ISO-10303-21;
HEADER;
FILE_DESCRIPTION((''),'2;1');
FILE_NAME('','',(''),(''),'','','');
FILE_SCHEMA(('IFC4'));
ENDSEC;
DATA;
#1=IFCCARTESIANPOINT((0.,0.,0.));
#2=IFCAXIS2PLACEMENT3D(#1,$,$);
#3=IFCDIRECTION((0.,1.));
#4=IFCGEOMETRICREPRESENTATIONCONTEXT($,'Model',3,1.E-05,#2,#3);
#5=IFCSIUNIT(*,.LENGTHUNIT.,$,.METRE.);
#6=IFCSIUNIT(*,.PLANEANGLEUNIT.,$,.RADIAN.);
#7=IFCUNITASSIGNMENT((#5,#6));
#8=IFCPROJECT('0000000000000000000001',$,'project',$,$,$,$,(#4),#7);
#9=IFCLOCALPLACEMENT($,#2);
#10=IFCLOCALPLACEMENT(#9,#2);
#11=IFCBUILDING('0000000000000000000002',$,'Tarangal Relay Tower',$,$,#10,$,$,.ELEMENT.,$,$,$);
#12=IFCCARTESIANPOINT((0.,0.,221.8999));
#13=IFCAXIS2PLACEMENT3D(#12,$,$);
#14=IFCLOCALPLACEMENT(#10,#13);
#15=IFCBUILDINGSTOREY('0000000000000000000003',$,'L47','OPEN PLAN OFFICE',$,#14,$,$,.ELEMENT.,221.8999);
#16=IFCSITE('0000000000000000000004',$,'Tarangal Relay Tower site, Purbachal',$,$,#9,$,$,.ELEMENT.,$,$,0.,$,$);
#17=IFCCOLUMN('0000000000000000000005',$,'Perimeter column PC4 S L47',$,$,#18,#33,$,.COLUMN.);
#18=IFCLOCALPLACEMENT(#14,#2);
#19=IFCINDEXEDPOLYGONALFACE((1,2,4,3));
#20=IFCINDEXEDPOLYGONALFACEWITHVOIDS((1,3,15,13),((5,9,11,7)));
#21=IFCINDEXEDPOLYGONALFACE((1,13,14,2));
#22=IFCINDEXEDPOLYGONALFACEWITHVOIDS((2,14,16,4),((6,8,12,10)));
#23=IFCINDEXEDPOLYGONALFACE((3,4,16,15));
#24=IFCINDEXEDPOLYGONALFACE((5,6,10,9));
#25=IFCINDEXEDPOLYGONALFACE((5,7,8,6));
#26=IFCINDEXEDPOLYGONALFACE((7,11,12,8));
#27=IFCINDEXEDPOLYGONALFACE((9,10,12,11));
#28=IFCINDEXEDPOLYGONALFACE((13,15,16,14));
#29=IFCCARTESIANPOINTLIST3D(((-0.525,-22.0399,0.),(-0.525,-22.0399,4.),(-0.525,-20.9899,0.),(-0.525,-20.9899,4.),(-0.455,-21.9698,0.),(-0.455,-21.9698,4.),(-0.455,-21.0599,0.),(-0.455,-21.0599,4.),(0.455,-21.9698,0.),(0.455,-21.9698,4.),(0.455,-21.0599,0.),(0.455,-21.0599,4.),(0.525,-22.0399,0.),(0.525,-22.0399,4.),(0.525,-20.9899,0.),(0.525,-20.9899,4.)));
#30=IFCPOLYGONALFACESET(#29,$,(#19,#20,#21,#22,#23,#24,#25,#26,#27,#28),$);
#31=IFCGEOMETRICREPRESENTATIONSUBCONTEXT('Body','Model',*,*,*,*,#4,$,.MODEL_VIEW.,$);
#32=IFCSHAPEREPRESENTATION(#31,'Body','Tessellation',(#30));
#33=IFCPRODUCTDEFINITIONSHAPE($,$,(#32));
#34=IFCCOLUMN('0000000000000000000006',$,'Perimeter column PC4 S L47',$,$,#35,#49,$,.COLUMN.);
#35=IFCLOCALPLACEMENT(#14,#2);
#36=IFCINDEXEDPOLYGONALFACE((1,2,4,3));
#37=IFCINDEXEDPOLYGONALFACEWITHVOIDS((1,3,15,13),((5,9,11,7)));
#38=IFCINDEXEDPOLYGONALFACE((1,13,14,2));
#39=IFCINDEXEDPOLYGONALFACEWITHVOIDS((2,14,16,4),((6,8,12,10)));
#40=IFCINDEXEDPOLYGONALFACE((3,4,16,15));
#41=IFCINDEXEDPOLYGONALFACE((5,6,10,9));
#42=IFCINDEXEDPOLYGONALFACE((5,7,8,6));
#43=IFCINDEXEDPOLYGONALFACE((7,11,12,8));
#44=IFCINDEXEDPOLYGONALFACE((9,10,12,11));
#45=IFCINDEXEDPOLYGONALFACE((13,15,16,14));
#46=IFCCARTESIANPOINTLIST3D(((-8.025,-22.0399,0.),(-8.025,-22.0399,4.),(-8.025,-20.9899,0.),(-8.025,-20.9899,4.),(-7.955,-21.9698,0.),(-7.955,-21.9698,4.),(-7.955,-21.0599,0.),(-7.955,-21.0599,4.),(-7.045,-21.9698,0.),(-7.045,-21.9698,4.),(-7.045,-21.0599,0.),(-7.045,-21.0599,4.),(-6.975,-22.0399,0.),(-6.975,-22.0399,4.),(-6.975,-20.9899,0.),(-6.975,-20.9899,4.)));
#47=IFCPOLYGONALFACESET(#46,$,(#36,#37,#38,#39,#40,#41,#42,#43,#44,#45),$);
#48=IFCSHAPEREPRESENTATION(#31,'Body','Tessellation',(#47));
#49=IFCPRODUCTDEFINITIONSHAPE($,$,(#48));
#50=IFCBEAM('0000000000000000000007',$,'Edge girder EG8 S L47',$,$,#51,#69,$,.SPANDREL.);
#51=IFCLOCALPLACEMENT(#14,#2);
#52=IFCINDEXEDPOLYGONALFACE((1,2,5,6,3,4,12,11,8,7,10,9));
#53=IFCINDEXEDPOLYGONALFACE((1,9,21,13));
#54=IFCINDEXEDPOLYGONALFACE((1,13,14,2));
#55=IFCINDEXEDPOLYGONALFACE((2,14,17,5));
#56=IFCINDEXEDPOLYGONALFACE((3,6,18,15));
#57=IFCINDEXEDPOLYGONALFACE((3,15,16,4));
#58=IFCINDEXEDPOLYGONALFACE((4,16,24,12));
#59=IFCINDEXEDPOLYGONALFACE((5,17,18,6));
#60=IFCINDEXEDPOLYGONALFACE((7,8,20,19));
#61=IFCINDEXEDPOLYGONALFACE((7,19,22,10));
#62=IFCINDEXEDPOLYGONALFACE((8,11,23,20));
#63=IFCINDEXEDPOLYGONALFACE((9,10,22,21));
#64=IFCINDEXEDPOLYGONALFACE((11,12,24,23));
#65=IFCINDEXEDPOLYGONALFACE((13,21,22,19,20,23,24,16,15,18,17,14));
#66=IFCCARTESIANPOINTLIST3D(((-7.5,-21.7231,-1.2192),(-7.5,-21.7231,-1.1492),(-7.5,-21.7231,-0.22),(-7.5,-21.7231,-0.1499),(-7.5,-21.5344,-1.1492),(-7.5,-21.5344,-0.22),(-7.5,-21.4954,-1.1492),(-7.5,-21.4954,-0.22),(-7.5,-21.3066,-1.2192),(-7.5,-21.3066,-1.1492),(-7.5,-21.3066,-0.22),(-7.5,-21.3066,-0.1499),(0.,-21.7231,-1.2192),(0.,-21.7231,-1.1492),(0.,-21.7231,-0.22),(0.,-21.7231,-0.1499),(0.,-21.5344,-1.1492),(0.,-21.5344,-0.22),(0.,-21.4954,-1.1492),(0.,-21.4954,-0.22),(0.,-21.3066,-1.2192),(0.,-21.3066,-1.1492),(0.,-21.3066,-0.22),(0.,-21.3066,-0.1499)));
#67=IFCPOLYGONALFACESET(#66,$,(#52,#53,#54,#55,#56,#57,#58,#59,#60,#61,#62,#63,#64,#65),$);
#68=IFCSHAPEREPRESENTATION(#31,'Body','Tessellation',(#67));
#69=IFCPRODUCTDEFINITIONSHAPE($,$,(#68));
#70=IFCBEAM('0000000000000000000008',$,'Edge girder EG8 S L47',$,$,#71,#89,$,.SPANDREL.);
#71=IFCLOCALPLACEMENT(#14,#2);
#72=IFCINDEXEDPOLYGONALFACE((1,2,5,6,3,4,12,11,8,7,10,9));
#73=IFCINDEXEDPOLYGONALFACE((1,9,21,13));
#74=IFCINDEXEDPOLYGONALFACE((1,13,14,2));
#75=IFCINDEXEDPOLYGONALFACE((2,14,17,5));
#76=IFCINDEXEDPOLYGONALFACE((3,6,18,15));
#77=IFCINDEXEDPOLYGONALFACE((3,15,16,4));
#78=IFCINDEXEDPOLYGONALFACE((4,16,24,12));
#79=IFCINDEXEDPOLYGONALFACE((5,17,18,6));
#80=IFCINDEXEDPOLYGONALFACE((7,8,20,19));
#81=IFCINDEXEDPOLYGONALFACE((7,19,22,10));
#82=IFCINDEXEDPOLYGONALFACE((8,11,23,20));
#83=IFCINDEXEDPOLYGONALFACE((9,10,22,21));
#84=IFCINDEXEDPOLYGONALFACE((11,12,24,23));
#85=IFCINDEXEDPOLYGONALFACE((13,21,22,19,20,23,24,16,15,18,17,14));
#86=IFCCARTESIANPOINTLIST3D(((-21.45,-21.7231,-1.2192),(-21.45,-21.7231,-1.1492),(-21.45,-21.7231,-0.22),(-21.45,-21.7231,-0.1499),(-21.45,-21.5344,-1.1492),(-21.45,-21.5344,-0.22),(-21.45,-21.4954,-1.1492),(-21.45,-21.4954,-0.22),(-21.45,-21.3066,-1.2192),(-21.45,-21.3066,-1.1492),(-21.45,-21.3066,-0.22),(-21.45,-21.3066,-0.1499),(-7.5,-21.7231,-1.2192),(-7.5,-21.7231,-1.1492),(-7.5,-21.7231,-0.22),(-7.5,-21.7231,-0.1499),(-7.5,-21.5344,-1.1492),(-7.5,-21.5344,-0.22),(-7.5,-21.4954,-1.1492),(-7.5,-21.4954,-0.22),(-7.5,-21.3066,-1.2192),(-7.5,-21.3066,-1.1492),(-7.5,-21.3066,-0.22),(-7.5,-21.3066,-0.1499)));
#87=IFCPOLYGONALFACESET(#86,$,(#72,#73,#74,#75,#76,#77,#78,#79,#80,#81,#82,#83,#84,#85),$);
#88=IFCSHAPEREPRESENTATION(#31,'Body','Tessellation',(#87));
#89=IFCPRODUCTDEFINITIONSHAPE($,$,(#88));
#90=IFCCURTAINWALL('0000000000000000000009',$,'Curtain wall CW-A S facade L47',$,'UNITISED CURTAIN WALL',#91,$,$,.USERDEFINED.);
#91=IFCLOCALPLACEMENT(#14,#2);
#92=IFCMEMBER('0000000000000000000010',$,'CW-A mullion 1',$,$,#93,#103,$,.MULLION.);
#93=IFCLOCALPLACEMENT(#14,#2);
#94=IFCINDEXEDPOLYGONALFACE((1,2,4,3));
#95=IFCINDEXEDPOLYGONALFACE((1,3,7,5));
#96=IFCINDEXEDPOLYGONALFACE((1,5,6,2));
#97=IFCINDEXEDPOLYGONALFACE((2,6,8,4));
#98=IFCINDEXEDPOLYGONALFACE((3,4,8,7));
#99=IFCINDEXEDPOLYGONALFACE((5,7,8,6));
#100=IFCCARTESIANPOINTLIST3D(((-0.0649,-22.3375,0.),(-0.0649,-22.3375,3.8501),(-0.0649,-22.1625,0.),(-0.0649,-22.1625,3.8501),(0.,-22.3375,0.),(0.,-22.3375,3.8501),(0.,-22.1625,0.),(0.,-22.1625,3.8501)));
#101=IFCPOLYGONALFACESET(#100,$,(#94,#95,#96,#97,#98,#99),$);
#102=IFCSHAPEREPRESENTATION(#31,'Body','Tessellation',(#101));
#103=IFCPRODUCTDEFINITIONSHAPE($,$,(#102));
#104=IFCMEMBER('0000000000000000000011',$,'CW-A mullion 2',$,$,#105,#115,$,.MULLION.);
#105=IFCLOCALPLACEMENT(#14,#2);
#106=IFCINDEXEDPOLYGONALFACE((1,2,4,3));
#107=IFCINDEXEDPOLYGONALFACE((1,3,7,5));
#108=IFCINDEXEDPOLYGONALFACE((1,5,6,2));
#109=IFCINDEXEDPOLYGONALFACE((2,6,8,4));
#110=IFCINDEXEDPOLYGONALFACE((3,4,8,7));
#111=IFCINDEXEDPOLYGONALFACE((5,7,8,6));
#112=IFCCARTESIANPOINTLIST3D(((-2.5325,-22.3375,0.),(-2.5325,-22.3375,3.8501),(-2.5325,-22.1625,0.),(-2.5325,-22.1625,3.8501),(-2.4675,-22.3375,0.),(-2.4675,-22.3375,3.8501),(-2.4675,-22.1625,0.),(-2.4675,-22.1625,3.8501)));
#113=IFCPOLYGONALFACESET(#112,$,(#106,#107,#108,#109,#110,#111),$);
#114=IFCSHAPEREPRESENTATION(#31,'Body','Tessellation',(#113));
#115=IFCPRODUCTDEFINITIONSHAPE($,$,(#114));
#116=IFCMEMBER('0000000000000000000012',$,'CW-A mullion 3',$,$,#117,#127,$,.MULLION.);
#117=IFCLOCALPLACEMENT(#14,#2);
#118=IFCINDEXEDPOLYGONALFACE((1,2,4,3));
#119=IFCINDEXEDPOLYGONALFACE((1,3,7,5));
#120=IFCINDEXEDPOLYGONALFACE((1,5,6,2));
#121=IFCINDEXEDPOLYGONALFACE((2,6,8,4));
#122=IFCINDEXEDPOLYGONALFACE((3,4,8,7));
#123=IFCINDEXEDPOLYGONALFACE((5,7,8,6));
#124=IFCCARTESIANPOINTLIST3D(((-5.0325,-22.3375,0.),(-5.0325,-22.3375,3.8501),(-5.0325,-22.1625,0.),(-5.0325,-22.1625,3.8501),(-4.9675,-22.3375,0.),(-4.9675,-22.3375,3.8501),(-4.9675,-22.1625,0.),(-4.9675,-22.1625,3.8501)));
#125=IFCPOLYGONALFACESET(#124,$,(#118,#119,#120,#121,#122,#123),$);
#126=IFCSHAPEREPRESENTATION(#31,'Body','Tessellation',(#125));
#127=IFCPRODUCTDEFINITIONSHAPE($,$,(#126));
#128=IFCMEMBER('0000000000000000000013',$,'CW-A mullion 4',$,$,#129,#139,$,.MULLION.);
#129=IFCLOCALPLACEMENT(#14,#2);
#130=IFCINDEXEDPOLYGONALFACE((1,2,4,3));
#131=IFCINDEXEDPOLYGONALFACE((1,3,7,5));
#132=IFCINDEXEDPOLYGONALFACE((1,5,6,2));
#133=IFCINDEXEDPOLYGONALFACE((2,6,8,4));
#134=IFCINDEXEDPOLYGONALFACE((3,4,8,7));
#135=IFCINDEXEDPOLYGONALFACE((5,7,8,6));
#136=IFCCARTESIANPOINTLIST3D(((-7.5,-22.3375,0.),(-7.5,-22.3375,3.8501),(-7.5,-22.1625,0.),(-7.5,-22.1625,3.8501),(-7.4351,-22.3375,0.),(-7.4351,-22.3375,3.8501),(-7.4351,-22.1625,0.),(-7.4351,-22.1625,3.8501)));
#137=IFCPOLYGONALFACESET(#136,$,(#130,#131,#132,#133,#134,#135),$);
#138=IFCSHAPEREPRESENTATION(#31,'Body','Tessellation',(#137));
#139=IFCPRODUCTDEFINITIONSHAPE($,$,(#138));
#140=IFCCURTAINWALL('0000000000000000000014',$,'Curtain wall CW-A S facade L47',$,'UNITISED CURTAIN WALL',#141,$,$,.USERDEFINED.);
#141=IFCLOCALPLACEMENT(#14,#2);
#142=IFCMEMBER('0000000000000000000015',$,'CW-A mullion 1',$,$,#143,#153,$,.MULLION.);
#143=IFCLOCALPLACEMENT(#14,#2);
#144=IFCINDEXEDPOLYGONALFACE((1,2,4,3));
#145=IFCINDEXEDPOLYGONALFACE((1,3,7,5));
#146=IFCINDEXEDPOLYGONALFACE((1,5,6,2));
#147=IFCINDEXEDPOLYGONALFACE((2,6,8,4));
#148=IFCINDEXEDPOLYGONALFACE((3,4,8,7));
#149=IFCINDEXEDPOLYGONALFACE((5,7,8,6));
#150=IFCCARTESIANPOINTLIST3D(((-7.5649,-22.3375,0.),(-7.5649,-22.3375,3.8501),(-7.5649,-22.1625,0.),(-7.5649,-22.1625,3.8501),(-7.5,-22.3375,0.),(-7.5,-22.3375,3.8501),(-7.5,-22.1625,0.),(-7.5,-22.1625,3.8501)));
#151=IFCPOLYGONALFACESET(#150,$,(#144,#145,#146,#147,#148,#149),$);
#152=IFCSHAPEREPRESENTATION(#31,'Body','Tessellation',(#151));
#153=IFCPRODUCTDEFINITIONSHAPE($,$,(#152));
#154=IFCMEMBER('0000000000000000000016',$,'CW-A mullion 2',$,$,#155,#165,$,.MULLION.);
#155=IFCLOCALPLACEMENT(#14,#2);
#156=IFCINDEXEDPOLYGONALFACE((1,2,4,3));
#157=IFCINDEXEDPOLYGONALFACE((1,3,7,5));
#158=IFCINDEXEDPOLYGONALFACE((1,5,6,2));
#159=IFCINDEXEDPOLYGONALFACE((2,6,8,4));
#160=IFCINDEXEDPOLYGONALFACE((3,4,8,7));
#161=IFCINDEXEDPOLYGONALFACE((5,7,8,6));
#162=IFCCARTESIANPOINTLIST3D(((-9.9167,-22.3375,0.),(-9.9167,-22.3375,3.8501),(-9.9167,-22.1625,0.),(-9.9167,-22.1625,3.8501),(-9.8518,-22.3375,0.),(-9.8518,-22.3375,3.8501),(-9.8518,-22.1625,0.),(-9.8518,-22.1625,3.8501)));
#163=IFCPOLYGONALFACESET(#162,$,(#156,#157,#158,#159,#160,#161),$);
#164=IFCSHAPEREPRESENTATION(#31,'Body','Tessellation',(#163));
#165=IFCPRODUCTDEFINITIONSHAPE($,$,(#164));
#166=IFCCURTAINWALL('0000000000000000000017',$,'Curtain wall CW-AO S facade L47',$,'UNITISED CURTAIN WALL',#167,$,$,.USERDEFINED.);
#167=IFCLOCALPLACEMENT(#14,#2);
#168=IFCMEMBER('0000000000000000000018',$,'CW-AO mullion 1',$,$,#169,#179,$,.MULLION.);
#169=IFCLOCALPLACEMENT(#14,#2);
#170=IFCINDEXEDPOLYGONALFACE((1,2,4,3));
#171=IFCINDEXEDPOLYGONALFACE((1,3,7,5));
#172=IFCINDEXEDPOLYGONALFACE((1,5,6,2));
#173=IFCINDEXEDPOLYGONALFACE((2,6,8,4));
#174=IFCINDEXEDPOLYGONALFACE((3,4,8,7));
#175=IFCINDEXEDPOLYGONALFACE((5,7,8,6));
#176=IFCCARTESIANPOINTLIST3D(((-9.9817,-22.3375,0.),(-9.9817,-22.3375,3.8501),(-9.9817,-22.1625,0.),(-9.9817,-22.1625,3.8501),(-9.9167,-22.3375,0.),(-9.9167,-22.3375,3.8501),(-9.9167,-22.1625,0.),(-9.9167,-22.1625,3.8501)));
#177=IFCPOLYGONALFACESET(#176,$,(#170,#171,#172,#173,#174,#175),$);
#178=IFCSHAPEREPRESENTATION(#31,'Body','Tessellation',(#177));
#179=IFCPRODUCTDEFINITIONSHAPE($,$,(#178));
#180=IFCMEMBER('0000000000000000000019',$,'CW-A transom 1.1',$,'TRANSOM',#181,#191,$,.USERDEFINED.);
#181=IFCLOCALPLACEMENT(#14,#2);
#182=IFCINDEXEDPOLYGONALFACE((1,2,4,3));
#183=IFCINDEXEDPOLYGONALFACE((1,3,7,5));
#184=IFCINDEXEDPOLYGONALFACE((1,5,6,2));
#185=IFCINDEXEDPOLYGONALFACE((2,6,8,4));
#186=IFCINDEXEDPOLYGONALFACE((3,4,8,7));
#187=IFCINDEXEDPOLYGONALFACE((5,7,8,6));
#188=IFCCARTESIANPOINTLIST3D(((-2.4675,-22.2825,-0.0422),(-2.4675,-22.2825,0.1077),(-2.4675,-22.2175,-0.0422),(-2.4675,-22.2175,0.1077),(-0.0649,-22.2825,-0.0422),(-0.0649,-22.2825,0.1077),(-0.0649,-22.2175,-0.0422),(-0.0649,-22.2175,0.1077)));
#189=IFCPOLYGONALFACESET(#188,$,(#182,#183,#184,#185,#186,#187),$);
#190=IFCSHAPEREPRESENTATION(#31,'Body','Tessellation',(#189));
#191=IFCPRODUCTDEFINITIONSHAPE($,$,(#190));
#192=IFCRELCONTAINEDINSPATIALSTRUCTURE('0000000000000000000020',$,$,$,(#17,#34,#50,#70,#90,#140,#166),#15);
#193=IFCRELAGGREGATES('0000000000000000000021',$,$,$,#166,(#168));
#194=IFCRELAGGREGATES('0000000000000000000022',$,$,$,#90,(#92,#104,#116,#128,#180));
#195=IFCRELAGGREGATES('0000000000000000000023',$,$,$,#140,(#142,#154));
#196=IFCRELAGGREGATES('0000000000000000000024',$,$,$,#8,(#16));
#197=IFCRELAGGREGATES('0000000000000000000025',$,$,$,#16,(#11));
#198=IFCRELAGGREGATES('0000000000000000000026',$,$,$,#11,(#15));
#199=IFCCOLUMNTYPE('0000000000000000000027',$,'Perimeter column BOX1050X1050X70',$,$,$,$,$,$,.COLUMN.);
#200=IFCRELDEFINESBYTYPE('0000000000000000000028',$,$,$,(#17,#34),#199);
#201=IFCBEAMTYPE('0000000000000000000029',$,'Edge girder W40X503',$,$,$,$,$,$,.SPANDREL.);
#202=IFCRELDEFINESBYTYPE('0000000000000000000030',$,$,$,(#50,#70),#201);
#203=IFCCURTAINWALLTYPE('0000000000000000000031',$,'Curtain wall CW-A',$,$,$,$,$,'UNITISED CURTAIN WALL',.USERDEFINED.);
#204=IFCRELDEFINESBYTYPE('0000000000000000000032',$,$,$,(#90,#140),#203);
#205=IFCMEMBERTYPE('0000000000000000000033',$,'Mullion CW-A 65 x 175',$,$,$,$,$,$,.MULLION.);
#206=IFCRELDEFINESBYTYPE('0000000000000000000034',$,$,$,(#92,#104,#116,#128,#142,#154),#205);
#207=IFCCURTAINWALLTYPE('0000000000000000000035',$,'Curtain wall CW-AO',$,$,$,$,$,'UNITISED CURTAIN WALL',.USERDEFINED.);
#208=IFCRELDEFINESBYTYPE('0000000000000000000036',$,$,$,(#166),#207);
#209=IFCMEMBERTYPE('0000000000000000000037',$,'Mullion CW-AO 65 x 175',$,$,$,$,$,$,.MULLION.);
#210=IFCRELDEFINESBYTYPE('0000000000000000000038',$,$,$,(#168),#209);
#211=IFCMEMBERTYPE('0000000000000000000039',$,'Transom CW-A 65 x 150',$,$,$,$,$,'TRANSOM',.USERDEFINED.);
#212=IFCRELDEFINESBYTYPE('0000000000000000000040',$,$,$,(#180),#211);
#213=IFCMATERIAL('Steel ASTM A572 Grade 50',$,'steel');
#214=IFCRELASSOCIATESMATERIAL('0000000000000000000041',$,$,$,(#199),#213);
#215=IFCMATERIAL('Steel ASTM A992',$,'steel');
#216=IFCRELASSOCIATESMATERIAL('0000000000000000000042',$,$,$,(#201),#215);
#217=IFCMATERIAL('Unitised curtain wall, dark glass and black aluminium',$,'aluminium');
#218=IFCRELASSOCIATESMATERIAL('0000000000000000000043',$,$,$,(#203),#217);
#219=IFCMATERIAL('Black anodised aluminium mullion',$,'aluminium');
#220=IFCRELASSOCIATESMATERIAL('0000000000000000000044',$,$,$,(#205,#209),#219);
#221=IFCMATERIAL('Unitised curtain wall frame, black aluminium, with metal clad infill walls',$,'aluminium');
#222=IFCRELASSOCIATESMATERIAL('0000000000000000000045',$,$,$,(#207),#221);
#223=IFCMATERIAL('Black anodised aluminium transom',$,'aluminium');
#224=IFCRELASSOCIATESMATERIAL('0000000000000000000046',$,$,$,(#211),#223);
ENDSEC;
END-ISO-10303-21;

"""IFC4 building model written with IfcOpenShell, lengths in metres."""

from ifc_helpers import new_model, si_unit, direction, frame, origin, origin_2d, place, context, subcontext, project, spatial, rectangle, hollow_rectangle, i_section, extrude, material, material_profile, profile_set, type_object, element, aggregate, save


model = new_model("IFC4")

# Units and contexts
model_context = context("Model", 3, precision=1e-05, world=origin(), true_north=direction((0.0, 1.0)))
body_context = subcontext(model_context, "Body", "Model", "MODEL_VIEW")
ifc_project = project(units=[si_unit("LENGTHUNIT", "METRE"), si_unit("PLANEANGLEUNIT", "RADIAN")], contexts=[model_context])

# Site, building, storey
site_placement = place(None, origin())
site = spatial("IfcSite", under=ifc_project, at=site_placement, Name="Tarangal Relay Tower site, Purbachal", CompositionType="ELEMENT", RefElevation=0.0)
building_placement = place(site_placement, origin())
building = spatial("IfcBuilding", under=site, at=building_placement, Name="Tarangal Relay Tower", CompositionType="ELEMENT")
storey_placement = place(building_placement, frame((0.0, 0.0, 221.8999)))
storey = spatial("IfcBuildingStorey", under=building, at=storey_placement, Name="L47", Description="OPEN PLAN OFFICE", CompositionType="ELEMENT", Elevation=221.8999)

# Columns
ifc_material_1 = material(Name="Steel ASTM A572 Grade 50", Category="steel")
ifc_material_profile_1 = material_profile(ifc_material_1, hollow_rectangle(XDim=1.05, YDim=1.05, WallThickness=0.0701, at=origin_2d()), Name="BOX1050X1050X70")
ifc_profile_set_1 = profile_set([ifc_material_profile_1], Name="Steel ASTM A572 Grade 50")
column_type = type_object("IfcColumnType", Name="Perimeter column BOX1050X1050X70", PredefinedType="COLUMN", material=ifc_profile_set_1)
for number, where, z_axis, x_axis, name in (
    (1, (0.0, -21.5149, 0.0), (0.0, 0.0, 1.0), (1.0, 0.0, 0.0), "Perimeter column PC4 S L47"),
    (2, (-7.5, -21.5149, 0.0), (0.0, 0.0, 1.0), (1.0, 0.0, 0.0), "Perimeter column PC4 S L47"),
):
    element("IfcColumn", number, at=place(storey_placement, frame(where, z_axis=z_axis, x_axis=x_axis)), inside=storey, type_object=column_type, Name=name, PredefinedType="COLUMN", context=body_context, shape_type="SweptSolid", body=[
        extrude(hollow_rectangle(XDim=1.05, YDim=1.05, WallThickness=0.0701, at=origin_2d()), origin(), (0.0, 0.0, 1.0), 4.0),
    ])

# Beams
ifc_material_2 = material(Name="Steel ASTM A992", Category="steel")
ifc_material_profile_2 = material_profile(ifc_material_2, i_section(OverallWidth=0.4165, OverallDepth=1.0693, WebThickness=0.0391, FlangeThickness=0.0701, at=origin_2d()), Name="W40X503")
ifc_profile_set_2 = profile_set([ifc_material_profile_2], Name="Steel ASTM A992")
beam_type = type_object("IfcBeamType", Name="Edge girder W40X503", PredefinedType="SPANDREL", material=ifc_profile_set_2)
beam_1_placement = place(storey_placement, frame((0.0, -21.5149, -0.6846), z_axis=(-1.0, 0.0, 0.0), x_axis=(0.0, -1.0, 0.0)))
element("IfcBeam", 3, at=beam_1_placement, inside=storey, type_object=beam_type, Name="Edge girder EG8 S L47", PredefinedType="SPANDREL", context=body_context, shape_type="SweptSolid", body=[
    extrude(i_section(OverallWidth=0.4165, OverallDepth=1.0693, WebThickness=0.0391, FlangeThickness=0.0701, at=origin_2d()), origin(), (0.0, 0.0, 1.0), 7.5),
])
beam_2_placement = place(storey_placement, frame((-7.5, -21.5149, -0.6846), z_axis=(-1.0, 0.0, 0.0), x_axis=(0.0, -1.0, 0.0)))
element("IfcBeam", 4, at=beam_2_placement, inside=storey, type_object=beam_type, Name="Edge girder EG8 S L47", PredefinedType="SPANDREL", context=body_context, shape_type="SweptSolid", body=[
    extrude(i_section(OverallWidth=0.4165, OverallDepth=1.0693, WebThickness=0.0391, FlangeThickness=0.0701, at=origin_2d()), origin(), (0.0, 0.0, 1.0), 13.95),
])

# Curtain walls, members
ifc_material_3 = material(Name="Unitised curtain wall, dark glass and black aluminium", Category="aluminium")
curtain_wall_type_1 = type_object("IfcCurtainWallType", Name="Curtain wall CW-A", ElementType="UNITISED CURTAIN WALL", PredefinedType="USERDEFINED", material=ifc_material_3)
curtain_wall_1_placement = place(storey_placement, origin())
curtain_wall_1 = element("IfcCurtainWall", 5, at=curtain_wall_1_placement, inside=storey, type_object=curtain_wall_type_1, Name="Curtain wall CW-A S facade L47", ObjectType="UNITISED CURTAIN WALL", PredefinedType="USERDEFINED")
ifc_material_4 = material(Name="Black anodised aluminium mullion", Category="aluminium")
ifc_material_profile_3 = material_profile(ifc_material_4, rectangle(XDim=0.175, YDim=0.0649, at=origin_2d()), Name="CW-AM 65X175")
ifc_profile_set_3 = profile_set([ifc_material_profile_3], Name="Black anodised aluminium mullion")
member_type_1 = type_object("IfcMemberType", Name="Mullion CW-A 65 x 175", PredefinedType="MULLION", material=ifc_profile_set_3)
member_1_placement = place(storey_placement, frame((-0.0325, -22.25, 0.0), z_axis=(0.0, 0.0, 1.0), x_axis=(0.0, -1.0, 0.0)))
member_1 = element("IfcMember", 6, at=member_1_placement, type_object=member_type_1, Name="CW-A mullion 1", PredefinedType="MULLION", context=body_context, shape_type="SweptSolid", body=[
    extrude(rectangle(XDim=0.175, YDim=0.0649, at=origin_2d()), origin(), (0.0, 0.0, 1.0), 3.8501),
])
member_2_placement = place(storey_placement, frame((-2.5, -22.25, 0.0), z_axis=(0.0, 0.0, 1.0), x_axis=(0.0, -1.0, 0.0)))
member_2 = element("IfcMember", 7, at=member_2_placement, type_object=member_type_1, Name="CW-A mullion 2", PredefinedType="MULLION", context=body_context, shape_type="SweptSolid", body=[
    extrude(rectangle(XDim=0.175, YDim=0.0649, at=origin_2d()), origin(), (0.0, 0.0, 1.0), 3.8501),
])
member_3_placement = place(storey_placement, frame((-5.0, -22.25, 0.0), z_axis=(0.0, 0.0, 1.0), x_axis=(0.0, -1.0, 0.0)))
member_3 = element("IfcMember", 8, at=member_3_placement, type_object=member_type_1, Name="CW-A mullion 3", PredefinedType="MULLION", context=body_context, shape_type="SweptSolid", body=[
    extrude(rectangle(XDim=0.175, YDim=0.0649, at=origin_2d()), origin(), (0.0, 0.0, 1.0), 3.8501),
])
member_4_placement = place(storey_placement, frame((-7.4675, -22.25, 0.0), z_axis=(0.0, 0.0, 1.0), x_axis=(0.0, -1.0, 0.0)))
member_4 = element("IfcMember", 9, at=member_4_placement, type_object=member_type_1, Name="CW-A mullion 4", PredefinedType="MULLION", context=body_context, shape_type="SweptSolid", body=[
    extrude(rectangle(XDim=0.175, YDim=0.0649, at=origin_2d()), origin(), (0.0, 0.0, 1.0), 3.8501),
])
curtain_wall_2_placement = place(storey_placement, origin())
curtain_wall_2 = element("IfcCurtainWall", 10, at=curtain_wall_2_placement, inside=storey, type_object=curtain_wall_type_1, Name="Curtain wall CW-A S facade L47", ObjectType="UNITISED CURTAIN WALL", PredefinedType="USERDEFINED")
member_5_placement = place(storey_placement, frame((-7.5325, -22.25, 0.0), z_axis=(0.0, 0.0, 1.0), x_axis=(0.0, -1.0, 0.0)))
member_5 = element("IfcMember", 11, at=member_5_placement, type_object=member_type_1, Name="CW-A mullion 1", PredefinedType="MULLION", context=body_context, shape_type="SweptSolid", body=[
    extrude(rectangle(XDim=0.175, YDim=0.0649, at=origin_2d()), origin(), (0.0, 0.0, 1.0), 3.8501),
])
member_6_placement = place(storey_placement, frame((-9.8843, -22.25, 0.0), z_axis=(0.0, 0.0, 1.0), x_axis=(0.0, -1.0, 0.0)))
member_6 = element("IfcMember", 12, at=member_6_placement, type_object=member_type_1, Name="CW-A mullion 2", PredefinedType="MULLION", context=body_context, shape_type="SweptSolid", body=[
    extrude(rectangle(XDim=0.175, YDim=0.0649, at=origin_2d()), origin(), (0.0, 0.0, 1.0), 3.8501),
])

# Curtain wall, member
ifc_material_5 = material(Name="Unitised curtain wall frame, black aluminium, with metal clad infill walls", Category="aluminium")
curtain_wall_type_2 = type_object("IfcCurtainWallType", Name="Curtain wall CW-AO", ElementType="UNITISED CURTAIN WALL", PredefinedType="USERDEFINED", material=ifc_material_5)
curtain_wall_3_placement = place(storey_placement, origin())
curtain_wall_3 = element("IfcCurtainWall", 13, at=curtain_wall_3_placement, inside=storey, type_object=curtain_wall_type_2, Name="Curtain wall CW-AO S facade L47", ObjectType="UNITISED CURTAIN WALL", PredefinedType="USERDEFINED")
ifc_material_profile_4 = material_profile(ifc_material_4, rectangle(XDim=0.175, YDim=0.0649, at=origin_2d()), Name="CW-AOM 65X175")
ifc_profile_set_4 = profile_set([ifc_material_profile_4], Name="Black anodised aluminium mullion")
member_type_2 = type_object("IfcMemberType", Name="Mullion CW-AO 65 x 175", PredefinedType="MULLION", material=ifc_profile_set_4)
member_7_placement = place(storey_placement, frame((-9.9492, -22.25, 0.0), z_axis=(0.0, 0.0, 1.0), x_axis=(0.0, -1.0, 0.0)))
member_7 = element("IfcMember", 14, at=member_7_placement, type_object=member_type_2, Name="CW-AO mullion 1", PredefinedType="MULLION", context=body_context, shape_type="SweptSolid", body=[
    extrude(rectangle(XDim=0.175, YDim=0.0649, at=origin_2d()), origin(), (0.0, 0.0, 1.0), 3.8501),
])

# Member
ifc_material_6 = material(Name="Black anodised aluminium transom", Category="aluminium")
ifc_material_profile_5 = material_profile(ifc_material_6, rectangle(XDim=0.0649, YDim=0.1499, at=origin_2d()), Name="CW-AT 65X150")
ifc_profile_set_5 = profile_set([ifc_material_profile_5], Name="Black anodised aluminium transom")
member_type_3 = type_object("IfcMemberType", Name="Transom CW-A 65 x 150", ElementType="TRANSOM", PredefinedType="USERDEFINED", material=ifc_profile_set_5)
member_8_placement = place(storey_placement, frame((-0.0649, -22.25, 0.0327), z_axis=(-1.0, 0.0, 0.0), x_axis=(0.0, -1.0, 0.0)))
member_8 = element("IfcMember", 15, at=member_8_placement, type_object=member_type_3, Name="CW-A transom 1.1", ObjectType="TRANSOM", PredefinedType="USERDEFINED", context=body_context, shape_type="SweptSolid", body=[
    extrude(rectangle(XDim=0.0649, YDim=0.1499, at=origin_2d()), origin(), (0.0, 0.0, 1.0), 2.4026),
])
aggregate(curtain_wall_3, [member_7])

aggregate(curtain_wall_1, [member_1, member_2, member_3, member_4, member_8])
aggregate(curtain_wall_2, [member_5, member_6])

save(model, "model.ifc")
